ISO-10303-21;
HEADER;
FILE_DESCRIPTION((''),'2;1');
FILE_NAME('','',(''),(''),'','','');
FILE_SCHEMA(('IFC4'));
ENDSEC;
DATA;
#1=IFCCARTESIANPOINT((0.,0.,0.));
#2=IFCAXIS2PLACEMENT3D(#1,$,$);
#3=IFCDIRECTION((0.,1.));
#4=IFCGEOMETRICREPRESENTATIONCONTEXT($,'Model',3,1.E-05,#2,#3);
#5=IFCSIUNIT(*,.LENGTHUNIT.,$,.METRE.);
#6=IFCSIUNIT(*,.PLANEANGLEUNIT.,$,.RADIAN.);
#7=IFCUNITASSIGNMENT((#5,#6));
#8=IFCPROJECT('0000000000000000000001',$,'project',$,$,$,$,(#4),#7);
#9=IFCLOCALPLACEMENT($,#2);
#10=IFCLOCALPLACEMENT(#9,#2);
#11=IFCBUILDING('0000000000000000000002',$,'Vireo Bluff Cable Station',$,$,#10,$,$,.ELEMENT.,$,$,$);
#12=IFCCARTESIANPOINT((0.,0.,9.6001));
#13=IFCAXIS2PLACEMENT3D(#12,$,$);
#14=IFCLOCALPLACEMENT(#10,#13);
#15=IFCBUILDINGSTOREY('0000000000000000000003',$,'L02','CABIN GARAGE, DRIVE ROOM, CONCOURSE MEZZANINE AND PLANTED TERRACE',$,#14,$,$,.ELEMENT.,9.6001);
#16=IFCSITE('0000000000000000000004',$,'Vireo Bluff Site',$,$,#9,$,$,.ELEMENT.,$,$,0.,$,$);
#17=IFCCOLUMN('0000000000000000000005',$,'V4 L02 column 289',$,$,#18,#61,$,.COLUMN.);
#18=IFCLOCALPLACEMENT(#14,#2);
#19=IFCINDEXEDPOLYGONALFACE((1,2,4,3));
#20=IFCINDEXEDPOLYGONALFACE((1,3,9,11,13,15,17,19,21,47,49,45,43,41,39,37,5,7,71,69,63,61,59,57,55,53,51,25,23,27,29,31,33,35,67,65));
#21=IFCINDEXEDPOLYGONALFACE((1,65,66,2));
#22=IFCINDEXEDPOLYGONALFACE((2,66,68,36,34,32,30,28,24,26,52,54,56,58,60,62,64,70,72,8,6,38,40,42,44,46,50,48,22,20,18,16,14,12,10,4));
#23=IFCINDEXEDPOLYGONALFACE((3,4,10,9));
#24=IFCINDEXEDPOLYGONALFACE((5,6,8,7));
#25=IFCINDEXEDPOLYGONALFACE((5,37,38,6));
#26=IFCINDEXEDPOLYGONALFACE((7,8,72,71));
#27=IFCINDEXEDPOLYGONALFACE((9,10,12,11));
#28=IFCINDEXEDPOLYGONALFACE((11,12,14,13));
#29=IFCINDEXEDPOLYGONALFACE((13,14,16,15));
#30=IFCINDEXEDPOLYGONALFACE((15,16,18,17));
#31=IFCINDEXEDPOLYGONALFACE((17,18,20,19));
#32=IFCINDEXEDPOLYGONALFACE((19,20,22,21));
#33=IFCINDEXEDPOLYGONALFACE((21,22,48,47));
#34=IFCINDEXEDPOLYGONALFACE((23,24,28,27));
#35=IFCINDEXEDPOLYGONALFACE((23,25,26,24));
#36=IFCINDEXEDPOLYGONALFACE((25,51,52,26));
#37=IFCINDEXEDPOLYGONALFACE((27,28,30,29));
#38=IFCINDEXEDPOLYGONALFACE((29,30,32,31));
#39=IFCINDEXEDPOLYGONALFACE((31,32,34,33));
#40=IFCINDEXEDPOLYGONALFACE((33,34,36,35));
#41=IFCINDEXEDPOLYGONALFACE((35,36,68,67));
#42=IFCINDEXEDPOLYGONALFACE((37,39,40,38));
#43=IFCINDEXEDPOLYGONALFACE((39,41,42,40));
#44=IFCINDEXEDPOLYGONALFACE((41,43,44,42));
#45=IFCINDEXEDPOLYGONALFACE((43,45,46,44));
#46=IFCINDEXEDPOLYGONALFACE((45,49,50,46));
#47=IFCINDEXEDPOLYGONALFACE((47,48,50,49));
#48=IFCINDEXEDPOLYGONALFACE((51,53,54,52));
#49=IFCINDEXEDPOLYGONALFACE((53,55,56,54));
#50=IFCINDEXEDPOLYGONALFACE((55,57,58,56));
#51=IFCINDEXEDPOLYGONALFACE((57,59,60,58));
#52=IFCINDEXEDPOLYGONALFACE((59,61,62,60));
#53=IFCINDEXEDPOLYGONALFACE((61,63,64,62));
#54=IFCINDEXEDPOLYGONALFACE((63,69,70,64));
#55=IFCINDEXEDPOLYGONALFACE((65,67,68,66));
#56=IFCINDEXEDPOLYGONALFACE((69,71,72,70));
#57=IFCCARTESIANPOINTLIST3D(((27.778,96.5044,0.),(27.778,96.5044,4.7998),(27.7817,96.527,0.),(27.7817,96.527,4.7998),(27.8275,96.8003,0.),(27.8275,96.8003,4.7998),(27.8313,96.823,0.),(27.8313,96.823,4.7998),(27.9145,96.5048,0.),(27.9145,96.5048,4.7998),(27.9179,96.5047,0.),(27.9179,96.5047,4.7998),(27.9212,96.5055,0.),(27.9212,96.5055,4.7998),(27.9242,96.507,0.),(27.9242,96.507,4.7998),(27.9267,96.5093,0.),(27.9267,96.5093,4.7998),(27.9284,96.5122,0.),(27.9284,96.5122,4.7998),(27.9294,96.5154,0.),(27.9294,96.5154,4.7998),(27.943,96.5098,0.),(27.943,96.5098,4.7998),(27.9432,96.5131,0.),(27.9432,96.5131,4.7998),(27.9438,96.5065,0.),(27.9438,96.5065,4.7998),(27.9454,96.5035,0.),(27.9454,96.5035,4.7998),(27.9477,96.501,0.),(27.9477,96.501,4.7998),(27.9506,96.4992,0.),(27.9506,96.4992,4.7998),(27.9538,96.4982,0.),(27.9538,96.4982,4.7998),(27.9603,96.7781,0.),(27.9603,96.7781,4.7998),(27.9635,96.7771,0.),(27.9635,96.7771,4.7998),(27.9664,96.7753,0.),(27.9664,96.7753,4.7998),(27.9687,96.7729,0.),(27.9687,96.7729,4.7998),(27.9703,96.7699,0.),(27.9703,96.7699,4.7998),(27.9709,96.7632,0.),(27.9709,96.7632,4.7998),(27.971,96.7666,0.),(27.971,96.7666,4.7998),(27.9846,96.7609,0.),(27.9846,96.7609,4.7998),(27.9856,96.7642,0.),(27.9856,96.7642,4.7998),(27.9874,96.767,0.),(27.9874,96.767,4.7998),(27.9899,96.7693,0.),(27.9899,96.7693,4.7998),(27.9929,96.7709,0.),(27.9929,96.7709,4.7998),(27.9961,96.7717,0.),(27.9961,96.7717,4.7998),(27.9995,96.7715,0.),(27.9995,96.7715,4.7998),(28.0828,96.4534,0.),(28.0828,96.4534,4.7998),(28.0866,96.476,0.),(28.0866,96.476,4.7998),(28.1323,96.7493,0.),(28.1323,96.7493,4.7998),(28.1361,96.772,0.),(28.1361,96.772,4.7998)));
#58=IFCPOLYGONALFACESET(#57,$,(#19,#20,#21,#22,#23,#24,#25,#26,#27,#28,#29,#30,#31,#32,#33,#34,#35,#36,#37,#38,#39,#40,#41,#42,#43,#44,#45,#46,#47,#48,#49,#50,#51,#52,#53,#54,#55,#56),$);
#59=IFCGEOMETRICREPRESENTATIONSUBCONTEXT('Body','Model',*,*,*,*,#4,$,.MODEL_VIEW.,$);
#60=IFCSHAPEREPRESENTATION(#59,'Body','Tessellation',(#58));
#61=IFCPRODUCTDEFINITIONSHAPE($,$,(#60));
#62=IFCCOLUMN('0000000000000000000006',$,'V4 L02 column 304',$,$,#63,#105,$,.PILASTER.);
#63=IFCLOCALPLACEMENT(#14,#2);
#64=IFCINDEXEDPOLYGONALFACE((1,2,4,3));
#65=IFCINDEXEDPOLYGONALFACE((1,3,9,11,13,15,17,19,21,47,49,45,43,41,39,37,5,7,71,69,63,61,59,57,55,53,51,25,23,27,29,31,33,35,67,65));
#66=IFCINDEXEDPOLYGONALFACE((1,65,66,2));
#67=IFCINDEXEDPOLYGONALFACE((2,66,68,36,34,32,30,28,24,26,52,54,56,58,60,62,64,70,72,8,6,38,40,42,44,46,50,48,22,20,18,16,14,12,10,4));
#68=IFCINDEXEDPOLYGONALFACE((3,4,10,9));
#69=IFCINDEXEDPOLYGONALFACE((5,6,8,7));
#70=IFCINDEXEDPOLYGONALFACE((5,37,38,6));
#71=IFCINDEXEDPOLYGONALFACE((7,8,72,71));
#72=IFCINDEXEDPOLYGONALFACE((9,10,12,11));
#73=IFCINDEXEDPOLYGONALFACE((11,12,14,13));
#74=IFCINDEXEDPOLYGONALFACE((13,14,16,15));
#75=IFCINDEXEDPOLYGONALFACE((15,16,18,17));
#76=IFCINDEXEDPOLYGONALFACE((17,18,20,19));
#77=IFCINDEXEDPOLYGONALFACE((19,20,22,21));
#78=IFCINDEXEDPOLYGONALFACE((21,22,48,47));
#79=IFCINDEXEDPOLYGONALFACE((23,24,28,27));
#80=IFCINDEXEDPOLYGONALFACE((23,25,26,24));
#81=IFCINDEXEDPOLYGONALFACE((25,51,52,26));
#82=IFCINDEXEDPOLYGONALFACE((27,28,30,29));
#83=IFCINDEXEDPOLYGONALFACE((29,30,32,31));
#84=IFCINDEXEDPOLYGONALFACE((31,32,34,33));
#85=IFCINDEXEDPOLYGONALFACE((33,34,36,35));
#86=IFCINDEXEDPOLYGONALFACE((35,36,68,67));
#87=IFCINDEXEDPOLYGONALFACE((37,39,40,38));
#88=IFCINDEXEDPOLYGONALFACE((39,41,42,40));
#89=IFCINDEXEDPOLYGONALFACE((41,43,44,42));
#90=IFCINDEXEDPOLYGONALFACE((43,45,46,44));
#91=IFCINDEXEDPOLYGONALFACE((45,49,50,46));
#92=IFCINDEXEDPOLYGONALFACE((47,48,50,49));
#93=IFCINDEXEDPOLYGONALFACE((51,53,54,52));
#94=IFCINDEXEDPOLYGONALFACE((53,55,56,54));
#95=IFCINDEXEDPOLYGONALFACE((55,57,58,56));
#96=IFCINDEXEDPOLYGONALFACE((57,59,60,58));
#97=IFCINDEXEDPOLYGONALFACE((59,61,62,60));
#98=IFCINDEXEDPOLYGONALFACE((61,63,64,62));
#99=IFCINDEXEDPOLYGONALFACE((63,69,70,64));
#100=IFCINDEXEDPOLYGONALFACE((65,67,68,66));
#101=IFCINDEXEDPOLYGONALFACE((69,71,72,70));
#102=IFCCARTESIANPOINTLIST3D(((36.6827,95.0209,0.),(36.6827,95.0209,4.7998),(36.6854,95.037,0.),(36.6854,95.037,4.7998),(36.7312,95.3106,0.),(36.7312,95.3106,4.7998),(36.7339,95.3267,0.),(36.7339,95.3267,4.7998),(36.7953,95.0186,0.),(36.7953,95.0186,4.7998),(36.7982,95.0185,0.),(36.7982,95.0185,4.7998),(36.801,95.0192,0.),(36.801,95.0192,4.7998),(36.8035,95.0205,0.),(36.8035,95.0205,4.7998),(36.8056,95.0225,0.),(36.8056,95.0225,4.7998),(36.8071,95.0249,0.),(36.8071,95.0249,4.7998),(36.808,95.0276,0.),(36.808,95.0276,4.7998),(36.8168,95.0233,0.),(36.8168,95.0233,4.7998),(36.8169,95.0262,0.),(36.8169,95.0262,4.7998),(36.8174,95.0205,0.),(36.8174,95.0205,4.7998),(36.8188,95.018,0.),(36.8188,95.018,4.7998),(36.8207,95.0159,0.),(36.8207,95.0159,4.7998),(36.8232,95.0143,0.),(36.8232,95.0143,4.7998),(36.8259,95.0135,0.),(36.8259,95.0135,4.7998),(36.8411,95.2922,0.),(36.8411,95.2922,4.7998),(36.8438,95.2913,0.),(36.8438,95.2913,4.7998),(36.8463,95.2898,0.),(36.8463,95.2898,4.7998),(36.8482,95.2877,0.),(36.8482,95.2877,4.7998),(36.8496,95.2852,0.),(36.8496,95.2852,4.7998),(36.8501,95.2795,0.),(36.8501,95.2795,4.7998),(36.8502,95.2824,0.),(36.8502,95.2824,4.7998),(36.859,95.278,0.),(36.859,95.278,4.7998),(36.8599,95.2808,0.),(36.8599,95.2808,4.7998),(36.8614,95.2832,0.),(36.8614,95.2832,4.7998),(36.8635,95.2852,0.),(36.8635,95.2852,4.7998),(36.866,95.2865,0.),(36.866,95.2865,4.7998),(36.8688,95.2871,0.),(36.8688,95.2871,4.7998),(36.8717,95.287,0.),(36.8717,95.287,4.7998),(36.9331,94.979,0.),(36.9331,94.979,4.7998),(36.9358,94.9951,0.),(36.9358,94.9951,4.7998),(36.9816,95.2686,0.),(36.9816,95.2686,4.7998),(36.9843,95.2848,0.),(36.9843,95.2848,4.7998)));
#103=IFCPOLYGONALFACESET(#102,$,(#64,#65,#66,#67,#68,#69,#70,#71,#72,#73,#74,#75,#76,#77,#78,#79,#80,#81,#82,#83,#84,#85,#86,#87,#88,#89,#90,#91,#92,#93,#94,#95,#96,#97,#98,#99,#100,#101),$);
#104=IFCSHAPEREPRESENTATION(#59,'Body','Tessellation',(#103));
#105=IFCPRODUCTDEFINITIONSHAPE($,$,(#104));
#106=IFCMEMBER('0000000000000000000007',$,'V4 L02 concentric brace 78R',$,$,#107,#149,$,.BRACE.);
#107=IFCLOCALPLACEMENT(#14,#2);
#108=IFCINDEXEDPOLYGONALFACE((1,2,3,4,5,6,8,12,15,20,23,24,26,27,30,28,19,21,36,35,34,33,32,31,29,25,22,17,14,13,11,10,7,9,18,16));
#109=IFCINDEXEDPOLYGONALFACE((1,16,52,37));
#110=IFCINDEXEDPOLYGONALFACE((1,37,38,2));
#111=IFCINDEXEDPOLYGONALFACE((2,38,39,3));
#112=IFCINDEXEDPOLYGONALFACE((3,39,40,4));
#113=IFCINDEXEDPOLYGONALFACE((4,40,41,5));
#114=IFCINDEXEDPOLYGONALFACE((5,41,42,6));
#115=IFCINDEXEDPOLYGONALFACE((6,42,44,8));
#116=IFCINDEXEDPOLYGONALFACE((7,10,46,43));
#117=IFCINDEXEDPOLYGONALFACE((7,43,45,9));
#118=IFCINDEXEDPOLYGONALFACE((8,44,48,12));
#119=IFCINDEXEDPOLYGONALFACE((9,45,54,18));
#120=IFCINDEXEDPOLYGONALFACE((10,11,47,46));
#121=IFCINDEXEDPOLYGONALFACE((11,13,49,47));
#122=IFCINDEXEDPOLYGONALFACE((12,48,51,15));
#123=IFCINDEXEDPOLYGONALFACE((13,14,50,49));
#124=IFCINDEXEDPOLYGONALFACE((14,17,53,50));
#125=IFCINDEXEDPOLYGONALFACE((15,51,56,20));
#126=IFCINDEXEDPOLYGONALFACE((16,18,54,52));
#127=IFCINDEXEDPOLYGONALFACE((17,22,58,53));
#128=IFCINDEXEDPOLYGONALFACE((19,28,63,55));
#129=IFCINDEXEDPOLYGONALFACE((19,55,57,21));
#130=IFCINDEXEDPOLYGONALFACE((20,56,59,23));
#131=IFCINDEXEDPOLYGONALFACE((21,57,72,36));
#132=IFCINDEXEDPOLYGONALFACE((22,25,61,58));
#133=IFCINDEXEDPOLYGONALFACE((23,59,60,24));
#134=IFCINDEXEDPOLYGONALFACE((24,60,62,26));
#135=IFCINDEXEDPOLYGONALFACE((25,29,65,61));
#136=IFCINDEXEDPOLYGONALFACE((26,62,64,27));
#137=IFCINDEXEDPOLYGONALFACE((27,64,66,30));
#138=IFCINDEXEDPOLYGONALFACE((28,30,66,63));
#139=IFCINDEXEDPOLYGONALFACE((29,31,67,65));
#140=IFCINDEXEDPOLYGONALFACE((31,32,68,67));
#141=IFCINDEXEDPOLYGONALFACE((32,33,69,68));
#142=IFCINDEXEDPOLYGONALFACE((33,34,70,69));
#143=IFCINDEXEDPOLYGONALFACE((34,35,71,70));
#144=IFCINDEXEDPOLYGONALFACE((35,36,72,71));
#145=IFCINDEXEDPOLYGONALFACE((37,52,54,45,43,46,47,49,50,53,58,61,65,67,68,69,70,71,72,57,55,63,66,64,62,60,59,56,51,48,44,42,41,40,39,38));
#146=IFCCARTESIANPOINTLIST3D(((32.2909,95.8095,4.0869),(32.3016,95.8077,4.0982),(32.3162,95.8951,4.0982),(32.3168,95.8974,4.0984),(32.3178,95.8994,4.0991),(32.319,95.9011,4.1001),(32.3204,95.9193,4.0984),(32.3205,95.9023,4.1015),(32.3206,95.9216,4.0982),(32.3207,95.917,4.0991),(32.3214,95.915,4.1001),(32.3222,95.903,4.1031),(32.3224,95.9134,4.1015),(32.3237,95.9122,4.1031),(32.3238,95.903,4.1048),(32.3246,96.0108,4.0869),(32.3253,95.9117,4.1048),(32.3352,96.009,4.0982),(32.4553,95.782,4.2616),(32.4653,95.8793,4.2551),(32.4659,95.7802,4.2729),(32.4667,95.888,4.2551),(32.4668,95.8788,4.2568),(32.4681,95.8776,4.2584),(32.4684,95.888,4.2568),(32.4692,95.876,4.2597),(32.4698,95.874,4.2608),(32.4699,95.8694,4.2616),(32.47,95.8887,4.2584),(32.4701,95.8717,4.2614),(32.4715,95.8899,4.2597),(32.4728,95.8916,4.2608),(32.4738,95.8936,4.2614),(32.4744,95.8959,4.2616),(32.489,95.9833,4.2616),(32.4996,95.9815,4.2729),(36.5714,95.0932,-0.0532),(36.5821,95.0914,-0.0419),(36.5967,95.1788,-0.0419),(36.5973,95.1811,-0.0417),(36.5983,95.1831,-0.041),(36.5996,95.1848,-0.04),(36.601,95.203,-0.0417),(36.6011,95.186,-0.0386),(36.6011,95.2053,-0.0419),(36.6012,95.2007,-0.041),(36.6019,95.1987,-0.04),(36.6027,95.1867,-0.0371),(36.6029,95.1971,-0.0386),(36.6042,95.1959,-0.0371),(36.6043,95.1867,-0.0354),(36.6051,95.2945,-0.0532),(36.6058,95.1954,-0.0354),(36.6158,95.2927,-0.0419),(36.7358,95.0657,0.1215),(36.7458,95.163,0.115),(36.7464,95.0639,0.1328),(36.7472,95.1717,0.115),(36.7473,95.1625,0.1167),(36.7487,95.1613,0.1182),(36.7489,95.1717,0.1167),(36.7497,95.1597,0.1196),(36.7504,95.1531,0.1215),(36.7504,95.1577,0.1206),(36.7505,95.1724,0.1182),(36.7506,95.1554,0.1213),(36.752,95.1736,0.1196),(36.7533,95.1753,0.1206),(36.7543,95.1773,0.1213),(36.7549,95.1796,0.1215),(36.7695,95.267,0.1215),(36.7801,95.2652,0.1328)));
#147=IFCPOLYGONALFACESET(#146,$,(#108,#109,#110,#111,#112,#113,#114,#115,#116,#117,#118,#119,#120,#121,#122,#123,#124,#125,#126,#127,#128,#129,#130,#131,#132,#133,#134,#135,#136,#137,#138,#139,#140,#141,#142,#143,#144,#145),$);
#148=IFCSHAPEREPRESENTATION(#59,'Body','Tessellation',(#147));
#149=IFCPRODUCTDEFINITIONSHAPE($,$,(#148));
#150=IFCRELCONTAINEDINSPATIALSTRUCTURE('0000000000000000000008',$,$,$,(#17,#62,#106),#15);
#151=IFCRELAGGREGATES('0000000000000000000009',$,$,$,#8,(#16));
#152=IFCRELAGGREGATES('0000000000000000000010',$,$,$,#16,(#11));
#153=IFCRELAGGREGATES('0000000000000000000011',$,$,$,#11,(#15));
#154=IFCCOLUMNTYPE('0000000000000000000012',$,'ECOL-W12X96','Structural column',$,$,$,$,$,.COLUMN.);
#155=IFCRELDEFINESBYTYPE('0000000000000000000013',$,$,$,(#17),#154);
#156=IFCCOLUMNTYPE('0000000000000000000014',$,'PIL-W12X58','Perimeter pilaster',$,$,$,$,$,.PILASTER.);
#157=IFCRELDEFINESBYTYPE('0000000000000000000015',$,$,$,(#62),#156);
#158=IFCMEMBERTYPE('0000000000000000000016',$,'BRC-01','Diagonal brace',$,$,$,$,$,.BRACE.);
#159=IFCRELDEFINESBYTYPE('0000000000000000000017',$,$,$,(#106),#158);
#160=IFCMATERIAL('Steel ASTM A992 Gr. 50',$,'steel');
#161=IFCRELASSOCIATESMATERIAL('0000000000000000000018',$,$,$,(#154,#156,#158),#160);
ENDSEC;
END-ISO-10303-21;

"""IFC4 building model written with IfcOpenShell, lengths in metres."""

from ifc_helpers import new_model, si_unit, direction, frame, origin, origin_2d, place, context, subcontext, project, spatial, i_section, extrude, material, material_profile, profile_set, type_object, element, save


model = new_model("IFC4")

# Units and contexts
model_context = context("Model", 3, precision=1e-05, world=origin(), true_north=direction((0.0, 1.0)))
body_context = subcontext(model_context, "Body", "Model", "MODEL_VIEW")
ifc_project = project(units=[si_unit("LENGTHUNIT", "METRE"), si_unit("PLANEANGLEUNIT", "RADIAN")], contexts=[model_context])

# Site, building, storey
site_placement = place(None, origin())
site = spatial("IfcSite", under=ifc_project, at=site_placement, Name="Vireo Bluff Site", CompositionType="ELEMENT", RefElevation=0.0)
building_placement = place(site_placement, origin())
building = spatial("IfcBuilding", under=site, at=building_placement, Name="Vireo Bluff Cable Station", CompositionType="ELEMENT")
storey_placement = place(building_placement, frame((0.0, 0.0, 9.6001)))
storey = spatial("IfcBuildingStorey", under=building, at=storey_placement, Name="L02", Description="CABIN GARAGE, DRIVE ROOM, CONCOURSE MEZZANINE AND PLANTED TERRACE", CompositionType="ELEMENT", Elevation=9.6001)

# Columns
ifc_material_1 = material(Name="Steel ASTM A992 Gr. 50", Category="steel")
ifc_material_profile_1 = material_profile(ifc_material_1, i_section(OverallWidth=0.3091, OverallDepth=0.323, WebThickness=0.0139, FlangeThickness=0.0229, FilletRadius=0.0129, at=origin_2d()), Name="W12X96")
ifc_profile_set_1 = profile_set([ifc_material_profile_1], Name="Steel ASTM A992 Gr. 50")
column_type_1 = type_object("IfcColumnType", Name="ECOL-W12X96", Description="Structural column", PredefinedType="COLUMN", material=ifc_profile_set_1)
column_1_placement = place(storey_placement, frame((27.957, 96.6382, 0.0), z_axis=(0.0, 0.0, 1.0), x_axis=(0.986286, -0.165048, 0.0)))
element("IfcColumn", 1, at=column_1_placement, inside=storey, type_object=column_type_1, Name="V4 L02 column 289", PredefinedType="COLUMN", context=body_context, shape_type="SweptSolid", body=[
    extrude(i_section(OverallWidth=0.3091, OverallDepth=0.323, WebThickness=0.0139, FlangeThickness=0.0229, FilletRadius=0.0129, at=origin_2d()), origin(), (0.0, 0.0, 1.0), 4.7998),
])
ifc_material_profile_2 = material_profile(ifc_material_1, i_section(OverallWidth=0.2539, OverallDepth=0.3101, WebThickness=0.009, FlangeThickness=0.0164, FilletRadius=0.011, at=origin_2d()), Name="W12X58")
ifc_profile_set_2 = profile_set([ifc_material_profile_2], Name="Steel ASTM A992 Gr. 50")
column_type_2 = type_object("IfcColumnType", Name="PIL-W12X58", Description="Perimeter pilaster", PredefinedType="PILASTER", material=ifc_profile_set_2)
column_2_placement = place(storey_placement, frame((36.8335, 95.1528, 0.0), z_axis=(0.0, 0.0, 1.0), x_axis=(0.986286, -0.165048, 0.0)))
element("IfcColumn", 2, at=column_2_placement, inside=storey, type_object=column_type_2, Name="V4 L02 column 304", PredefinedType="PILASTER", context=body_context, shape_type="SweptSolid", body=[
    extrude(i_section(OverallWidth=0.2539, OverallDepth=0.3101, WebThickness=0.009, FlangeThickness=0.0164, FilletRadius=0.011, at=origin_2d()), origin(), (0.0, 0.0, 1.0), 4.7998),
])

# Member
ifc_material_profile_3 = material_profile(ifc_material_1, i_section(OverallWidth=0.2041, OverallDepth=0.2571, WebThickness=0.0088, FlangeThickness=0.0156, FilletRadius=0.009, at=origin_2d()), Name="W10X45")
ifc_profile_set_3 = profile_set([ifc_material_profile_3], Name="Steel ASTM A992 Gr. 50")
member_type_1 = type_object("IfcMemberType", Name="BRC-01", Description="Diagonal brace", PredefinedType="BRACE", material=ifc_profile_set_3)
member_1_placement = place(storey_placement, frame((36.6758, 95.1792, 0.0398), z_axis=(-0.713651, 0.119423, 0.690247), x_axis=(-0.165047, -0.986286, 0.0)))
element("IfcMember", 3, at=member_1_placement, inside=storey, type_object=member_type_1, Name="V4 L02 concentric brace 78R", PredefinedType="BRACE", context=body_context, shape_type="SweptSolid", body=[
    extrude(i_section(OverallWidth=0.2041, OverallDepth=0.2571, WebThickness=0.0088, FlangeThickness=0.0156, FilletRadius=0.009, at=origin_2d()), origin(), (0.0, 0.0, 1.0), 5.998),
])

save(model, "model.ifc")
